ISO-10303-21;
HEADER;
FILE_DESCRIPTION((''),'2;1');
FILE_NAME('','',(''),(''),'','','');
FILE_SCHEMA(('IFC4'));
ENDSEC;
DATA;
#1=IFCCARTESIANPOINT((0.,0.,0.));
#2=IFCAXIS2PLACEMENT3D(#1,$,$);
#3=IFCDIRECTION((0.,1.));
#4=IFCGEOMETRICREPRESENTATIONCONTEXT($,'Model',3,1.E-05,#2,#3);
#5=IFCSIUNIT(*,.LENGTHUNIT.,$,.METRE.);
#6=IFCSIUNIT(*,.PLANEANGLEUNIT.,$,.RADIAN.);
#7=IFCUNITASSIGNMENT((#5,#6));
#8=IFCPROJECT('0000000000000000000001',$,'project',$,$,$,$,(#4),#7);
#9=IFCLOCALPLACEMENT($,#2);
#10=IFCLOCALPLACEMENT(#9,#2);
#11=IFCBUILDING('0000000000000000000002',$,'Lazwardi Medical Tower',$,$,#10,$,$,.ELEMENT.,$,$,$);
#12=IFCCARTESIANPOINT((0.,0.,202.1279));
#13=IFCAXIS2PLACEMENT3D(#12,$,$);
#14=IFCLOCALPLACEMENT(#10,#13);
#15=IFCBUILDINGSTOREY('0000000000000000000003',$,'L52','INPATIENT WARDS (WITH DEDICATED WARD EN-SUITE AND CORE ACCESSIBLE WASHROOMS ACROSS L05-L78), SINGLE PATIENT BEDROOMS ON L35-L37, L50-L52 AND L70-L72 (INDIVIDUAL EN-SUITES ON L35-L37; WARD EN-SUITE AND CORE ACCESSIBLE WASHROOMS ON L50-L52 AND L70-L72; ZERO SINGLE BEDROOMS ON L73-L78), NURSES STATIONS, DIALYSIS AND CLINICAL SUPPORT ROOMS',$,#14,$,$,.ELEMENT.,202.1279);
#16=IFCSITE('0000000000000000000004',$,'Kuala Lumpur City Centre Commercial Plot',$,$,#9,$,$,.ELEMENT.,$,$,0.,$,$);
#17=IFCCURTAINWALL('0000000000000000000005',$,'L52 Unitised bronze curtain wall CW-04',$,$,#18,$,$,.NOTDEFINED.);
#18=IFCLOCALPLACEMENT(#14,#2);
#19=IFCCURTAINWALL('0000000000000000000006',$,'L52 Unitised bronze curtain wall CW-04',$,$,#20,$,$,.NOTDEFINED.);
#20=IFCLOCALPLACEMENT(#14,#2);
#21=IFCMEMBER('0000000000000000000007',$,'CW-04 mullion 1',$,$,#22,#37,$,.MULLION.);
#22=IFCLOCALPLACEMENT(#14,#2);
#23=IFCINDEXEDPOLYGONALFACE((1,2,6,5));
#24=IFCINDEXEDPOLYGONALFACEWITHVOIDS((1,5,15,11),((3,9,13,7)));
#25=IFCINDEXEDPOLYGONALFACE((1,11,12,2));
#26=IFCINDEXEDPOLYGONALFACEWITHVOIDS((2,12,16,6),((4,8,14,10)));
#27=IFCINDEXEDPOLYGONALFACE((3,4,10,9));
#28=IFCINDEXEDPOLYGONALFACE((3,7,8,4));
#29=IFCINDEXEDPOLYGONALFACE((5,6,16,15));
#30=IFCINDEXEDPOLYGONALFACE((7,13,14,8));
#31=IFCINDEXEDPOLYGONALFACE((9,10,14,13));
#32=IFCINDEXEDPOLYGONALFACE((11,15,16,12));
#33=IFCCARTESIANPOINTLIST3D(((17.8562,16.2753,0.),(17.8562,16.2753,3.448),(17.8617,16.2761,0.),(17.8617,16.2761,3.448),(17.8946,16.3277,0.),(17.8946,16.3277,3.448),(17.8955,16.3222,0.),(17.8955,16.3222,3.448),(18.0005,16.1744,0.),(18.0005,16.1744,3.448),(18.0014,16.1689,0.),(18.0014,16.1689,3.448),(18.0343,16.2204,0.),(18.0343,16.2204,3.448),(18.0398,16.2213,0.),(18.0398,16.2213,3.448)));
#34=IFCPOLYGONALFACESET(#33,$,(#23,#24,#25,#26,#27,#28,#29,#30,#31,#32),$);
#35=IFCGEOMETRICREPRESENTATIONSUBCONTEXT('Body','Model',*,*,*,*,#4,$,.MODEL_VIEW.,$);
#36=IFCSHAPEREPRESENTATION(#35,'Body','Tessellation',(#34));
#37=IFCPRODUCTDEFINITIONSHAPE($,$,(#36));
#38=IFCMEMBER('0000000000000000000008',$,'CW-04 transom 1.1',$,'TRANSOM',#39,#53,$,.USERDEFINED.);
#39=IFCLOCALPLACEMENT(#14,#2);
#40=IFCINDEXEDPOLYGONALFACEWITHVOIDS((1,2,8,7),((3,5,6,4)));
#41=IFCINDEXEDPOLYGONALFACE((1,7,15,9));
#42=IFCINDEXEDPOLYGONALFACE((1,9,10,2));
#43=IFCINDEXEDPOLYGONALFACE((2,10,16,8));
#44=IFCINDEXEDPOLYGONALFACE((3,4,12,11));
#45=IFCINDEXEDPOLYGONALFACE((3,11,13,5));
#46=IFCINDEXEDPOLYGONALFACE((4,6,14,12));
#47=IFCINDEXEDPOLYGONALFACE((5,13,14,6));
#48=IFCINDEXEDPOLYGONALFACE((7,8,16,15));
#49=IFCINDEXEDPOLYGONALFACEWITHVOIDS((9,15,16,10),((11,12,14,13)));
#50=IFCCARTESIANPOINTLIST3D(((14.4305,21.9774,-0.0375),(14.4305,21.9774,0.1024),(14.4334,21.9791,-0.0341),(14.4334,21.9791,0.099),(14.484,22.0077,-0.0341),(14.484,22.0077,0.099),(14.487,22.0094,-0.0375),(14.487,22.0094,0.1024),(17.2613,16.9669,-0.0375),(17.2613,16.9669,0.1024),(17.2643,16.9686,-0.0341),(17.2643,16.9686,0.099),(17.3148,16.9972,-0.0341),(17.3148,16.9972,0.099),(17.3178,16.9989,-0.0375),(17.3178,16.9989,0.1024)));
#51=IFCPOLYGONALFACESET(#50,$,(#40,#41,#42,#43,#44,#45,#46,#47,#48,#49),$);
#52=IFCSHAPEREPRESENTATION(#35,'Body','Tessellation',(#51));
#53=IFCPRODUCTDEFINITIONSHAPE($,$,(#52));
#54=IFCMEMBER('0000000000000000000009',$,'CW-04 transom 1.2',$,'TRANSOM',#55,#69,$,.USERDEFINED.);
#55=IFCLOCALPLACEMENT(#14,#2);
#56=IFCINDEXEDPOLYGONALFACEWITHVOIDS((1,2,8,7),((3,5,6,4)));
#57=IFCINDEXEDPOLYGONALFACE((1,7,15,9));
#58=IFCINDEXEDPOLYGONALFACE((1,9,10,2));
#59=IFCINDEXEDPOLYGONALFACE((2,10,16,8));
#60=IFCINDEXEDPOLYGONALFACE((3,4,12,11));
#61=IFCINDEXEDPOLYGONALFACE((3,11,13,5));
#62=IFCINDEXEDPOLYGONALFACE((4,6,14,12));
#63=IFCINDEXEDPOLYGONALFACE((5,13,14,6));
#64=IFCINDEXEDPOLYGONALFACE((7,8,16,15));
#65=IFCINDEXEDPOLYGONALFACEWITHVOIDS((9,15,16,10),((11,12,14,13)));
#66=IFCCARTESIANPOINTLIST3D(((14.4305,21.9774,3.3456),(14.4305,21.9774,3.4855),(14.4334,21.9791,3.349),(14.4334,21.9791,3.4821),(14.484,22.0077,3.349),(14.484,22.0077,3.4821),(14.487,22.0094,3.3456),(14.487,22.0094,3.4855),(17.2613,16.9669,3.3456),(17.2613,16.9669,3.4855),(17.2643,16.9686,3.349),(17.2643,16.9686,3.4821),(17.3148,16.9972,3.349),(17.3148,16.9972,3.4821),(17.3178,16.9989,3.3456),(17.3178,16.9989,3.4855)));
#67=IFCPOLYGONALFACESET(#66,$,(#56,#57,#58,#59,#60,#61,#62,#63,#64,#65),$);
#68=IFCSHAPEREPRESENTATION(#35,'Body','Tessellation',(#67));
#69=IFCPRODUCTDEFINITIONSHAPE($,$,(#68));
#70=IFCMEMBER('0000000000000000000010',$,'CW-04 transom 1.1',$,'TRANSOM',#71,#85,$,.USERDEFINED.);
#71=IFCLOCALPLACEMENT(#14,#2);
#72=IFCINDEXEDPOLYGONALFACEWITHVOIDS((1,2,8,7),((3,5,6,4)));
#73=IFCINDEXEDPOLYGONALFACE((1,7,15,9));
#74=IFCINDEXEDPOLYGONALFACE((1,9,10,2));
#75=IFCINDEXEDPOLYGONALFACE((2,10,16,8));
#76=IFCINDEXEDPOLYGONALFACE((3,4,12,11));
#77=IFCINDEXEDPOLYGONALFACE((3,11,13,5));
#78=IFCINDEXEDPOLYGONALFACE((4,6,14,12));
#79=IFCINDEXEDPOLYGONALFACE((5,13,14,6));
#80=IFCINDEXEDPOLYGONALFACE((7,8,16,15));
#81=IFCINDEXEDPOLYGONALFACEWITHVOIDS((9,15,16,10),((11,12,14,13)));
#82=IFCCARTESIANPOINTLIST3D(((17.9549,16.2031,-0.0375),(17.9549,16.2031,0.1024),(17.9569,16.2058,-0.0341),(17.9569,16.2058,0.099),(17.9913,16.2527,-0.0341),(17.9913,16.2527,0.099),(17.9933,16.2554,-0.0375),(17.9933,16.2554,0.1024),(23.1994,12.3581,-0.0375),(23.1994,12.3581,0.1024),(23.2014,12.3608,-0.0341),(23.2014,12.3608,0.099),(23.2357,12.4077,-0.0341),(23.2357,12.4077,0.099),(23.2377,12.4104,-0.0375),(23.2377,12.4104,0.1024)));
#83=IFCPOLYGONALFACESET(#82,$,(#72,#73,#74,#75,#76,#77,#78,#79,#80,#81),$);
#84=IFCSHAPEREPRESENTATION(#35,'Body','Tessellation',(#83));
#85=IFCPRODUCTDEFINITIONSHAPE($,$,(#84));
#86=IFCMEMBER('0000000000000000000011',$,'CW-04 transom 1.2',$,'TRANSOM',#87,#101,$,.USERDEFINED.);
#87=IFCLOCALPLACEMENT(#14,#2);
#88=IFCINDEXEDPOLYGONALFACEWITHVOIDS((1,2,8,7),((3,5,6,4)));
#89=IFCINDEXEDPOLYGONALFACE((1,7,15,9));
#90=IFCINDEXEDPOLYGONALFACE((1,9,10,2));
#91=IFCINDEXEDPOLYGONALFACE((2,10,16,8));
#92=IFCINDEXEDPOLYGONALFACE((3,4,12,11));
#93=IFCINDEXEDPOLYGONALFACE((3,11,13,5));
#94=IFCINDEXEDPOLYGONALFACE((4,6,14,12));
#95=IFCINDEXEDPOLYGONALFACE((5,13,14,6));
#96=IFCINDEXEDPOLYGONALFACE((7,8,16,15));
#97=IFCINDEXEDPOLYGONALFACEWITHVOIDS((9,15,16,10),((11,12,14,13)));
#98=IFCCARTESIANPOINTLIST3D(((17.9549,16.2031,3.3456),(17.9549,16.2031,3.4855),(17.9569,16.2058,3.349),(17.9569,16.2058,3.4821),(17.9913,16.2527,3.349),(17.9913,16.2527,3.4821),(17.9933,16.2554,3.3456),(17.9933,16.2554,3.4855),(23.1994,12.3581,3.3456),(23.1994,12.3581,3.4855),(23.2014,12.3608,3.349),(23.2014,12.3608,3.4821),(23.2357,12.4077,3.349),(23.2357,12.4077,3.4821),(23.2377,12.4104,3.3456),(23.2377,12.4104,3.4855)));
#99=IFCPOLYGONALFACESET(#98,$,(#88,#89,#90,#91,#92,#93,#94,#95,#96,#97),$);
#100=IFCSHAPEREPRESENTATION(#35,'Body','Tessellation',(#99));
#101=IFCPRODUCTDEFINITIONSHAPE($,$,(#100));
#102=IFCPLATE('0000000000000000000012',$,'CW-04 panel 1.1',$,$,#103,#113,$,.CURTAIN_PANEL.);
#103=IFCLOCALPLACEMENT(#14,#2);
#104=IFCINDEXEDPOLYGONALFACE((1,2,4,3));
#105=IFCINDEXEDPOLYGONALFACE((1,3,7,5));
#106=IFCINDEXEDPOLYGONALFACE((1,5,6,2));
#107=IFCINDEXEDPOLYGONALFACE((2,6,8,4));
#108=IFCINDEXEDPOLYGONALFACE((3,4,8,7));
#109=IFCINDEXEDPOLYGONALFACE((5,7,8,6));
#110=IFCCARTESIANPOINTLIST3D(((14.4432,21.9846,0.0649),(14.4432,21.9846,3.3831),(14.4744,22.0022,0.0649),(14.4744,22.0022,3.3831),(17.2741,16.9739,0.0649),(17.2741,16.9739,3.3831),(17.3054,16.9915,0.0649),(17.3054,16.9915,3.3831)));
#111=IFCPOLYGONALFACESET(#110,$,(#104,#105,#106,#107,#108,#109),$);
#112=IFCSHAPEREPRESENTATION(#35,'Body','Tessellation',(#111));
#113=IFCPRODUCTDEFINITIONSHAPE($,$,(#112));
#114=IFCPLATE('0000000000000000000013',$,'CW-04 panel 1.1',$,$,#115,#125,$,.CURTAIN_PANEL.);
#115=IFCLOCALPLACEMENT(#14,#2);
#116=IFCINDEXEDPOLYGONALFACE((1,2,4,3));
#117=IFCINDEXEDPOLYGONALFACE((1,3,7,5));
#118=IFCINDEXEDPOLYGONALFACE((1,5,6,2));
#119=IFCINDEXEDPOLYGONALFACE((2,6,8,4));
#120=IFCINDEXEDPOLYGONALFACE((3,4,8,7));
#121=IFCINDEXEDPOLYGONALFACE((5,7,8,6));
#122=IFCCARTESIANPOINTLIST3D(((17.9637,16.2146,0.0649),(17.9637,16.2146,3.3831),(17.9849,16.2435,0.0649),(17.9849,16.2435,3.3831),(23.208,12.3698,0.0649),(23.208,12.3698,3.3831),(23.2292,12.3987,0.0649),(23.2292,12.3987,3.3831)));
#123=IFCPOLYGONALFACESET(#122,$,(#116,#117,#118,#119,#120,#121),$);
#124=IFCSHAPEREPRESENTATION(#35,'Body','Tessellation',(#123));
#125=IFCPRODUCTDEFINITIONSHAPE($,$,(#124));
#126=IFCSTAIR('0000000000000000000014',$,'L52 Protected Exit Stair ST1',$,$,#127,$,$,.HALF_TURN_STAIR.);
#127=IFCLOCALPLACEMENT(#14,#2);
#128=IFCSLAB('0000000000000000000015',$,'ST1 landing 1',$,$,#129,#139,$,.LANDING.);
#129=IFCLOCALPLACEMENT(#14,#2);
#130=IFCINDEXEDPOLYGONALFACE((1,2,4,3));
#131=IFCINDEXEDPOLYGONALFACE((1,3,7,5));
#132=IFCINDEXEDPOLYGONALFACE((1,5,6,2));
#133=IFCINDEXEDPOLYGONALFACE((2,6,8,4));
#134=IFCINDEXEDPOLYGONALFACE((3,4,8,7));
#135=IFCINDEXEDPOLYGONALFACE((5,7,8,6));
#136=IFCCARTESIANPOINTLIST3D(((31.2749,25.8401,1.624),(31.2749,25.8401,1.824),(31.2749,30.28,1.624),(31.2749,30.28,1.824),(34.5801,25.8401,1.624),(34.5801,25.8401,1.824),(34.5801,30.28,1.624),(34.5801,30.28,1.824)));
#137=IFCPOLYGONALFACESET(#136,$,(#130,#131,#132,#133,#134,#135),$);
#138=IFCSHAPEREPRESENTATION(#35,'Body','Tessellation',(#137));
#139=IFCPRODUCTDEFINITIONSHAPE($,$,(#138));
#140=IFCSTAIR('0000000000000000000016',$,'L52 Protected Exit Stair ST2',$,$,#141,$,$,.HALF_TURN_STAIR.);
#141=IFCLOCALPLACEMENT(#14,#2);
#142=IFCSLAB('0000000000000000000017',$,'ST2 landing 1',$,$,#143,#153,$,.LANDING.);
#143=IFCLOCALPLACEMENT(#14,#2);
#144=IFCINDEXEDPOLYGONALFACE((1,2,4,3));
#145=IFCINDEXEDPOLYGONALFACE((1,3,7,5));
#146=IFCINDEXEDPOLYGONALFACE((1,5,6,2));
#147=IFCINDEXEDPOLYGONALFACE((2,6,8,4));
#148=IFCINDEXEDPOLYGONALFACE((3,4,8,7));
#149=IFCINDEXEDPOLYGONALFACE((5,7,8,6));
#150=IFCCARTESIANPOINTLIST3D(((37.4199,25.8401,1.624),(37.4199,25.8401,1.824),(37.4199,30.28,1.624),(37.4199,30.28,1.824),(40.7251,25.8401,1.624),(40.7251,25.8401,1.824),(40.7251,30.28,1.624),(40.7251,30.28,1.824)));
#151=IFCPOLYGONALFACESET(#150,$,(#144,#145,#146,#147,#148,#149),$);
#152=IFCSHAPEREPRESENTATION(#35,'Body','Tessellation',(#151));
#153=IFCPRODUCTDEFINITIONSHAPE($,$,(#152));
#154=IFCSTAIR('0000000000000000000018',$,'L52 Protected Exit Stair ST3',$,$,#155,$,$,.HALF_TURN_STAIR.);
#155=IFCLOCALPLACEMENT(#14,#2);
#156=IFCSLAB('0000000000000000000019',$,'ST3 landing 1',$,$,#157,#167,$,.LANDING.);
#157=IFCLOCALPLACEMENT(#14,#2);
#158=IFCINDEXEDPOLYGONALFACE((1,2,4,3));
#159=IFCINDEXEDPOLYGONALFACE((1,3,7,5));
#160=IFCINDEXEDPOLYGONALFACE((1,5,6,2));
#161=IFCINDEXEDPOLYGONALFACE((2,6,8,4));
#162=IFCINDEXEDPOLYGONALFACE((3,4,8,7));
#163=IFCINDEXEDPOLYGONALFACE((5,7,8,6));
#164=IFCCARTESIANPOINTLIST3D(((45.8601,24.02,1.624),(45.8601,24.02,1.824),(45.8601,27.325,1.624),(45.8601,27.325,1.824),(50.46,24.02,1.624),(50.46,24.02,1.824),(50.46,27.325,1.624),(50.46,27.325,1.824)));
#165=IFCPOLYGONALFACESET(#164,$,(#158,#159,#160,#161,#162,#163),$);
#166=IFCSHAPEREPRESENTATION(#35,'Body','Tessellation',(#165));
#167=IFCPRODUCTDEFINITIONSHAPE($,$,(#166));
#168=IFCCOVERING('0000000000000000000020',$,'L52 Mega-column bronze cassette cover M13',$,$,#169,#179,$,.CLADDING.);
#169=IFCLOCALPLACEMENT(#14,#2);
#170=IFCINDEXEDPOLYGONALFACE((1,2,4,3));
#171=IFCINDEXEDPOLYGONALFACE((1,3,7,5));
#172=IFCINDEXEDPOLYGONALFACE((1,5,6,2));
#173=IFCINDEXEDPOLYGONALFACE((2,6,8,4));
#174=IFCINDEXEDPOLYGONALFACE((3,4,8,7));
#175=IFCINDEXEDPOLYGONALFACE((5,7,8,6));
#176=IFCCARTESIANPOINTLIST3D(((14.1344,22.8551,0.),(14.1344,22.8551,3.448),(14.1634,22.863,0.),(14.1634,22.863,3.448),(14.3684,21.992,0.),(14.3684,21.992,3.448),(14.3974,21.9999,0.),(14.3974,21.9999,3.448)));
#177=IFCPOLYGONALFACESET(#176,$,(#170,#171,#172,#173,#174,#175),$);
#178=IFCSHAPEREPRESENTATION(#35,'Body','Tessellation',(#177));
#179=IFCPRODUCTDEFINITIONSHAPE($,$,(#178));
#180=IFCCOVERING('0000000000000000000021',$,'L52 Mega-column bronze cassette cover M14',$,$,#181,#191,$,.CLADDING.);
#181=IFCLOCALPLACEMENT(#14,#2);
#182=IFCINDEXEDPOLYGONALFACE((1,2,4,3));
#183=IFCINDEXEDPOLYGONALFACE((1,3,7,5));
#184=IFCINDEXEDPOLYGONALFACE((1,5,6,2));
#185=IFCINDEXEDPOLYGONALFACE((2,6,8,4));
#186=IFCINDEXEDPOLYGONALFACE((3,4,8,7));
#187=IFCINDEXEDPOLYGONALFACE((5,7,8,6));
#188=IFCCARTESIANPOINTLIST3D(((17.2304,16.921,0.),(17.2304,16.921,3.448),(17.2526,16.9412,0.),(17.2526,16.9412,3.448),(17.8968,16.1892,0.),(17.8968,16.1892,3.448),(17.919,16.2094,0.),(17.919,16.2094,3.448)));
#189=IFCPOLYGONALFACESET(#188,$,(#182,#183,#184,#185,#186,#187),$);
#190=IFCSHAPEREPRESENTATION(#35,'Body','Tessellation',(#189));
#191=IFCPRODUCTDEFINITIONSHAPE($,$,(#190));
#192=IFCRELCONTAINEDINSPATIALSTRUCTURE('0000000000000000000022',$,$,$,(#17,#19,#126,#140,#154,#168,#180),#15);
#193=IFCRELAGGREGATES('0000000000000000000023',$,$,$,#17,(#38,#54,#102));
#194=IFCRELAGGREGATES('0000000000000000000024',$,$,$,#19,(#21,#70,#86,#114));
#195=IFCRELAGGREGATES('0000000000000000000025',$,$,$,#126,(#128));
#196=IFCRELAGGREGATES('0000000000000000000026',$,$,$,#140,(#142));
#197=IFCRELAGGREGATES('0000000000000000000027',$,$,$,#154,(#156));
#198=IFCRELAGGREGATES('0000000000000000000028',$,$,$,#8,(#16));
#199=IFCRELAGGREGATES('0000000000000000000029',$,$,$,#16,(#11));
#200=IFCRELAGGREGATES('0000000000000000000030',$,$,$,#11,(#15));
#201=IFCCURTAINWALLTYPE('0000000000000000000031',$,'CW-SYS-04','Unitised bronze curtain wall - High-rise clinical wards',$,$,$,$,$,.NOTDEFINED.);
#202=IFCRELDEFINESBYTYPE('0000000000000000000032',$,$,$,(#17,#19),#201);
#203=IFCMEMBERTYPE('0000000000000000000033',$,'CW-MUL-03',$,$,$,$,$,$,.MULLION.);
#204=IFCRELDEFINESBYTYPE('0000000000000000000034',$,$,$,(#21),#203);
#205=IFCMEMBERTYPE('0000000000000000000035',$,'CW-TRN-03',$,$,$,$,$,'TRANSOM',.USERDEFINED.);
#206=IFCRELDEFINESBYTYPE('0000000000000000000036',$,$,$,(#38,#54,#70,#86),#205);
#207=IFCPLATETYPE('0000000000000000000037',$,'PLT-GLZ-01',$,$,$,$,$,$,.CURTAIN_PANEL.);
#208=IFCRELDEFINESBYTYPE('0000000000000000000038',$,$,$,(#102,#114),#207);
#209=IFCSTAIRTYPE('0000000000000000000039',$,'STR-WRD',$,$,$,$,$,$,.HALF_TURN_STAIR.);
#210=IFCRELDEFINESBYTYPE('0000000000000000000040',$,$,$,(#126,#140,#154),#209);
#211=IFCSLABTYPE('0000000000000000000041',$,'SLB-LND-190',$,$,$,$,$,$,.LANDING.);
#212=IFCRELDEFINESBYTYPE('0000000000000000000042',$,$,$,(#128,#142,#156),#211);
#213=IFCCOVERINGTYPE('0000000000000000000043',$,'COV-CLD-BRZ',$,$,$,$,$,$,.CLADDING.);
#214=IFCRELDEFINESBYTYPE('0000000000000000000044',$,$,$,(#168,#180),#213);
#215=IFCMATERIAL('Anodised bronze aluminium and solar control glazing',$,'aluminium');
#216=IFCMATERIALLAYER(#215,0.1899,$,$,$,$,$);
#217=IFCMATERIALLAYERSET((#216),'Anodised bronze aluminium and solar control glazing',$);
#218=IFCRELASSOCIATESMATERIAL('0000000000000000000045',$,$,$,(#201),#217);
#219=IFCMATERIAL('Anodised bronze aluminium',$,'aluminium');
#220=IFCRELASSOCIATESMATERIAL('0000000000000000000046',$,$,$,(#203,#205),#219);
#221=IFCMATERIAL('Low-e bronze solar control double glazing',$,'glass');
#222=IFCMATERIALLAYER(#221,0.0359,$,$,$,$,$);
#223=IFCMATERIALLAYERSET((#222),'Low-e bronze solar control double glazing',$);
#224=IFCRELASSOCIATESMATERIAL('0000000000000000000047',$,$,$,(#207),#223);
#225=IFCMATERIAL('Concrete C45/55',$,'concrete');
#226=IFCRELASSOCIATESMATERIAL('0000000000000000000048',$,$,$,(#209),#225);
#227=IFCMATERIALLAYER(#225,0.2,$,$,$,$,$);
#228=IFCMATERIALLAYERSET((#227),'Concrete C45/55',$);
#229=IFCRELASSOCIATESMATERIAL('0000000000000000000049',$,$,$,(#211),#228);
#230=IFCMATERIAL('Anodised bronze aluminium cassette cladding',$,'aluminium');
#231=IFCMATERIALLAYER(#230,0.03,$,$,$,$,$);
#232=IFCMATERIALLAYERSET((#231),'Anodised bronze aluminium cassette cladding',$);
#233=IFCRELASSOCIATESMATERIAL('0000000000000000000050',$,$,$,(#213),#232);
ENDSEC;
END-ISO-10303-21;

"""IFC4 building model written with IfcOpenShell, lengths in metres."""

from ifc_helpers import new_model, si_unit, direction, frame, origin, origin_2d, place, context, subcontext, project, spatial, polyline, rectangle, hollow_rectangle, outline, extrude, material, layer, layer_set, material_profile, profile_set, type_object, element, aggregate, save


model = new_model("IFC4")

# Units and contexts
model_context = context("Model", 3, precision=1e-05, world=origin(), true_north=direction((0.0, 1.0)))
body_context = subcontext(model_context, "Body", "Model", "MODEL_VIEW")
ifc_project = project(units=[si_unit("LENGTHUNIT", "METRE"), si_unit("PLANEANGLEUNIT", "RADIAN")], contexts=[model_context])

# Site, building, storey
site_placement = place(None, origin())
site = spatial("IfcSite", under=ifc_project, at=site_placement, Name="Kuala Lumpur City Centre Commercial Plot", CompositionType="ELEMENT", RefElevation=0.0)
building_placement = place(site_placement, origin())
building = spatial("IfcBuilding", under=site, at=building_placement, Name="Lazwardi Medical Tower", CompositionType="ELEMENT")
storey_placement = place(building_placement, frame((0.0, 0.0, 202.1279)))
storey = spatial("IfcBuildingStorey", under=building, at=storey_placement, Name="L52", Description="INPATIENT WARDS (WITH DEDICATED WARD EN-SUITE AND CORE ACCESSIBLE WASHROOMS ACROSS L05-L78), SINGLE PATIENT BEDROOMS ON L35-L37, L50-L52 AND L70-L72 (INDIVIDUAL EN-SUITES ON L35-L37; WARD EN-SUITE AND CORE ACCESSIBLE WASHROOMS ON L50-L52 AND L70-L72; ZERO SINGLE BEDROOMS ON L73-L78), NURSES STATIONS, DIALYSIS AND CLINICAL SUPPORT ROOMS", CompositionType="ELEMENT", Elevation=202.1279)

# Curtain wall
ifc_material_1 = material(Name="Anodised bronze aluminium and solar control glazing", Category="aluminium")
ifc_layer_1 = layer(ifc_material_1, 0.1899)
ifc_layer_set_1 = layer_set([ifc_layer_1], Name="Anodised bronze aluminium and solar control glazing")
curtain_wall_type = type_object("IfcCurtainWallType", Name="CW-SYS-04", Description="Unitised bronze curtain wall - High-rise clinical wards", PredefinedType="NOTDEFINED", material=ifc_layer_set_1)
curtain_wall_1_placement = place(storey_placement, origin())
curtain_wall_1 = element("IfcCurtainWall", 1, at=curtain_wall_1_placement, inside=storey, type_object=curtain_wall_type, Name="L52 Unitised bronze curtain wall CW-04", PredefinedType="NOTDEFINED")
ifc_material_2 = material(Name="Anodised bronze aluminium", Category="aluminium")
ifc_material_profile_1 = material_profile(ifc_material_2, hollow_rectangle(XDim=0.0649, YDim=0.1799, WallThickness=0.0039, at=origin_2d()), Name="ALU-MULLION 180x65x4")
ifc_profile_set_1 = profile_set([ifc_material_profile_1], Name="Anodised bronze aluminium")
member_type_1 = type_object("IfcMemberType", Name="CW-MUL-03", PredefinedType="MULLION", material=ifc_profile_set_1)

# Curtain wall, member
curtain_wall_2_placement = place(storey_placement, origin())
curtain_wall_2 = element("IfcCurtainWall", 2, at=curtain_wall_2_placement, inside=storey, type_object=curtain_wall_type, Name="L52 Unitised bronze curtain wall CW-04", PredefinedType="NOTDEFINED")
member_1_placement = place(storey_placement, frame((17.948, 16.2483, 0.0), z_axis=(0.0, 0.0, 1.0), x_axis=(0.591268, 0.806475, 0.0)))
member_1 = element("IfcMember", 3, at=member_1_placement, type_object=member_type_1, Name="CW-04 mullion 1", PredefinedType="MULLION", context=body_context, shape_type="SweptSolid", body=[
    extrude(hollow_rectangle(XDim=0.0649, YDim=0.1799, WallThickness=0.0039, at=origin_2d()), origin(), (0.0, 0.0, 1.0), 3.448),
])

# Members
ifc_material_profile_2 = material_profile(ifc_material_2, hollow_rectangle(XDim=0.0649, YDim=0.1399, WallThickness=0.0034, at=origin_2d()), Name="ALU-TRANSOM 140x65x3.5")
ifc_profile_set_2 = profile_set([ifc_material_profile_2], Name="Anodised bronze aluminium")
member_type_2 = type_object("IfcMemberType", Name="CW-TRN-03", ElementType="TRANSOM", PredefinedType="USERDEFINED", material=ifc_profile_set_2)
member_2_placement = place(storey_placement, frame((14.4587, 21.9934, 0.0325), z_axis=(0.491898, -0.870653, 0.0), x_axis=(0.870653, 0.491898, 0.0)))
member_2 = element("IfcMember", 4, at=member_2_placement, type_object=member_type_2, Name="CW-04 transom 1.1", ObjectType="TRANSOM", PredefinedType="USERDEFINED", context=body_context, shape_type="SweptSolid", body=[
    extrude(hollow_rectangle(XDim=0.0649, YDim=0.1399, WallThickness=0.0034, at=origin_2d()), origin(), (0.0, 0.0, 1.0), 5.7549),
])
member_3_placement = place(storey_placement, frame((14.4587, 21.9934, 3.4155), z_axis=(0.491898, -0.870653, 0.0), x_axis=(0.870653, 0.491898, 0.0)))
member_3 = element("IfcMember", 5, at=member_3_placement, type_object=member_type_2, Name="CW-04 transom 1.2", ObjectType="TRANSOM", PredefinedType="USERDEFINED", context=body_context, shape_type="SweptSolid", body=[
    extrude(hollow_rectangle(XDim=0.0649, YDim=0.1399, WallThickness=0.0034, at=origin_2d()), origin(), (0.0, 0.0, 1.0), 5.7549),
])
member_4_placement = place(storey_placement, frame((17.9741, 16.2292, 0.0325), z_axis=(0.806472, -0.591273, 0.0), x_axis=(0.591273, 0.806472, 0.0)))
member_4 = element("IfcMember", 6, at=member_4_placement, type_object=member_type_2, Name="CW-04 transom 1.1", ObjectType="TRANSOM", PredefinedType="USERDEFINED", context=body_context, shape_type="SweptSolid", body=[
    extrude(hollow_rectangle(XDim=0.0649, YDim=0.1399, WallThickness=0.0034, at=origin_2d()), origin(), (0.0, 0.0, 1.0), 6.5029),
])
member_5_placement = place(storey_placement, frame((17.9741, 16.2292, 3.4155), z_axis=(0.806472, -0.591273, 0.0), x_axis=(0.591273, 0.806472, 0.0)))
member_5 = element("IfcMember", 7, at=member_5_placement, type_object=member_type_2, Name="CW-04 transom 1.2", ObjectType="TRANSOM", PredefinedType="USERDEFINED", context=body_context, shape_type="SweptSolid", body=[
    extrude(hollow_rectangle(XDim=0.0649, YDim=0.1399, WallThickness=0.0034, at=origin_2d()), origin(), (0.0, 0.0, 1.0), 6.5029),
])

# Plates
ifc_material_3 = material(Name="Low-e bronze solar control double glazing", Category="glass")
ifc_layer_2 = layer(ifc_material_3, 0.0359)
ifc_layer_set_2 = layer_set([ifc_layer_2], Name="Low-e bronze solar control double glazing")
plate_type = type_object("IfcPlateType", Name="PLT-GLZ-01", PredefinedType="CURTAIN_PANEL", material=ifc_layer_set_2)
plate_1_placement = place(storey_placement, frame((15.8743, 19.488, 0.0649), z_axis=(0.0, 0.0, 1.0), x_axis=(0.4919, -0.870651, 0.0)))
plate_1 = element("IfcPlate", 8, at=plate_1_placement, type_object=plate_type, Name="CW-04 panel 1.1", PredefinedType="CURTAIN_PANEL", context=body_context, shape_type="SweptSolid", body=[
    extrude(rectangle(XDim=5.7551, YDim=0.0359, at=origin_2d()), origin(), (0.0, 0.0, 1.0), 3.3181),
])
aggregate(curtain_wall_1, [member_2, member_3, plate_1])
plate_2_placement = place(storey_placement, frame((20.5964, 14.3066, 0.0649), z_axis=(0.0, 0.0, 1.0), x_axis=(0.806475, -0.591268, 0.0)))
plate_2 = element("IfcPlate", 9, at=plate_2_placement, type_object=plate_type, Name="CW-04 panel 1.1", PredefinedType="CURTAIN_PANEL", context=body_context, shape_type="SweptSolid", body=[
    extrude(rectangle(XDim=6.5027, YDim=0.0359, at=origin_2d()), origin(), (0.0, 0.0, 1.0), 3.3181),
])
aggregate(curtain_wall_2, [member_1, member_4, member_5, plate_2])

# Stairs, slabs
ifc_material_4 = material(Name="Concrete C45/55", Category="concrete")
stair_type = type_object("IfcStairType", Name="STR-WRD", PredefinedType="HALF_TURN_STAIR", material=ifc_material_4)
stair_1_placement = place(storey_placement, origin())
stair_1 = element("IfcStair", 10, at=stair_1_placement, inside=storey, type_object=stair_type, Name="L52 Protected Exit Stair ST1", PredefinedType="HALF_TURN_STAIR")
ifc_layer_3 = layer(ifc_material_4, 0.2)
ifc_layer_set_3 = layer_set([ifc_layer_3], Name="Concrete C45/55")
slab_type = type_object("IfcSlabType", Name="SLB-LND-190", PredefinedType="LANDING", material=ifc_layer_set_3)
slab_1_placement = place(storey_placement, frame((0.0, 0.0, 1.624)))
slab_1 = element("IfcSlab", 11, at=slab_1_placement, type_object=slab_type, Name="ST1 landing 1", PredefinedType="LANDING", context=body_context, shape_type="SweptSolid", body=[
    extrude(outline(polyline([(31.2749, 25.8401), (34.5801, 25.8401), (34.5801, 30.28), (31.2749, 30.28), (31.2749, 25.8401)])), origin(), (0.0, 0.0, 1.0), 0.2),
])
aggregate(stair_1, [slab_1])
stair_2_placement = place(storey_placement, origin())
stair_2 = element("IfcStair", 12, at=stair_2_placement, inside=storey, type_object=stair_type, Name="L52 Protected Exit Stair ST2", PredefinedType="HALF_TURN_STAIR")
slab_2_placement = place(storey_placement, frame((0.0, 0.0, 1.624)))
slab_2 = element("IfcSlab", 13, at=slab_2_placement, type_object=slab_type, Name="ST2 landing 1", PredefinedType="LANDING", context=body_context, shape_type="SweptSolid", body=[
    extrude(outline(polyline([(40.7251, 30.28), (37.4199, 30.28), (37.4199, 25.8401), (40.7251, 25.8401), (40.7251, 30.28)])), origin(), (0.0, 0.0, 1.0), 0.2),
])
aggregate(stair_2, [slab_2])
stair_3_placement = place(storey_placement, origin())
stair_3 = element("IfcStair", 14, at=stair_3_placement, inside=storey, type_object=stair_type, Name="L52 Protected Exit Stair ST3", PredefinedType="HALF_TURN_STAIR")
slab_3_placement = place(storey_placement, frame((0.0, 0.0, 1.624)))
slab_3 = element("IfcSlab", 15, at=slab_3_placement, type_object=slab_type, Name="ST3 landing 1", PredefinedType="LANDING", context=body_context, shape_type="SweptSolid", body=[
    extrude(outline(polyline([(45.8601, 27.325), (45.8601, 24.02), (50.46, 24.02), (50.46, 27.325), (45.8601, 27.325)])), origin(), (0.0, 0.0, 1.0), 0.2),
])
aggregate(stair_3, [slab_3])

# Coverings
ifc_material_5 = material(Name="Anodised bronze aluminium cassette cladding", Category="aluminium")
ifc_layer_4 = layer(ifc_material_5, 0.03)
ifc_layer_set_4 = layer_set([ifc_layer_4], Name="Anodised bronze aluminium cassette cladding")
covering_type = type_object("IfcCoveringType", Name="COV-CLD-BRZ", PredefinedType="CLADDING", material=ifc_layer_set_4)
covering_1_placement = place(storey_placement, frame((14.2659, 22.4275, 0.0), z_axis=(0.0, 0.0, 1.0), x_axis=(0.261642, -0.965165, 0.0)))
element("IfcCovering", 16, at=covering_1_placement, inside=storey, type_object=covering_type, Name="L52 Mega-column bronze cassette cover M13", PredefinedType="CLADDING", context=body_context, shape_type="SweptSolid", body=[
    extrude(rectangle(XDim=0.8943, YDim=0.03, at=origin_2d()), origin(), (0.0, 0.0, 1.0), 3.448),
])
covering_2_placement = place(storey_placement, frame((17.5747, 16.5652, 0.0), z_axis=(0.0, 0.0, 1.0), x_axis=(0.673241, -0.739423, 0.0)))
element("IfcCovering", 17, at=covering_2_placement, inside=storey, type_object=covering_type, Name="L52 Mega-column bronze cassette cover M14", PredefinedType="CLADDING", context=body_context, shape_type="SweptSolid", body=[
    extrude(rectangle(XDim=0.9897, YDim=0.03, at=origin_2d()), origin(), (0.0, 0.0, 1.0), 3.448),
])

save(model, "model.ifc")
